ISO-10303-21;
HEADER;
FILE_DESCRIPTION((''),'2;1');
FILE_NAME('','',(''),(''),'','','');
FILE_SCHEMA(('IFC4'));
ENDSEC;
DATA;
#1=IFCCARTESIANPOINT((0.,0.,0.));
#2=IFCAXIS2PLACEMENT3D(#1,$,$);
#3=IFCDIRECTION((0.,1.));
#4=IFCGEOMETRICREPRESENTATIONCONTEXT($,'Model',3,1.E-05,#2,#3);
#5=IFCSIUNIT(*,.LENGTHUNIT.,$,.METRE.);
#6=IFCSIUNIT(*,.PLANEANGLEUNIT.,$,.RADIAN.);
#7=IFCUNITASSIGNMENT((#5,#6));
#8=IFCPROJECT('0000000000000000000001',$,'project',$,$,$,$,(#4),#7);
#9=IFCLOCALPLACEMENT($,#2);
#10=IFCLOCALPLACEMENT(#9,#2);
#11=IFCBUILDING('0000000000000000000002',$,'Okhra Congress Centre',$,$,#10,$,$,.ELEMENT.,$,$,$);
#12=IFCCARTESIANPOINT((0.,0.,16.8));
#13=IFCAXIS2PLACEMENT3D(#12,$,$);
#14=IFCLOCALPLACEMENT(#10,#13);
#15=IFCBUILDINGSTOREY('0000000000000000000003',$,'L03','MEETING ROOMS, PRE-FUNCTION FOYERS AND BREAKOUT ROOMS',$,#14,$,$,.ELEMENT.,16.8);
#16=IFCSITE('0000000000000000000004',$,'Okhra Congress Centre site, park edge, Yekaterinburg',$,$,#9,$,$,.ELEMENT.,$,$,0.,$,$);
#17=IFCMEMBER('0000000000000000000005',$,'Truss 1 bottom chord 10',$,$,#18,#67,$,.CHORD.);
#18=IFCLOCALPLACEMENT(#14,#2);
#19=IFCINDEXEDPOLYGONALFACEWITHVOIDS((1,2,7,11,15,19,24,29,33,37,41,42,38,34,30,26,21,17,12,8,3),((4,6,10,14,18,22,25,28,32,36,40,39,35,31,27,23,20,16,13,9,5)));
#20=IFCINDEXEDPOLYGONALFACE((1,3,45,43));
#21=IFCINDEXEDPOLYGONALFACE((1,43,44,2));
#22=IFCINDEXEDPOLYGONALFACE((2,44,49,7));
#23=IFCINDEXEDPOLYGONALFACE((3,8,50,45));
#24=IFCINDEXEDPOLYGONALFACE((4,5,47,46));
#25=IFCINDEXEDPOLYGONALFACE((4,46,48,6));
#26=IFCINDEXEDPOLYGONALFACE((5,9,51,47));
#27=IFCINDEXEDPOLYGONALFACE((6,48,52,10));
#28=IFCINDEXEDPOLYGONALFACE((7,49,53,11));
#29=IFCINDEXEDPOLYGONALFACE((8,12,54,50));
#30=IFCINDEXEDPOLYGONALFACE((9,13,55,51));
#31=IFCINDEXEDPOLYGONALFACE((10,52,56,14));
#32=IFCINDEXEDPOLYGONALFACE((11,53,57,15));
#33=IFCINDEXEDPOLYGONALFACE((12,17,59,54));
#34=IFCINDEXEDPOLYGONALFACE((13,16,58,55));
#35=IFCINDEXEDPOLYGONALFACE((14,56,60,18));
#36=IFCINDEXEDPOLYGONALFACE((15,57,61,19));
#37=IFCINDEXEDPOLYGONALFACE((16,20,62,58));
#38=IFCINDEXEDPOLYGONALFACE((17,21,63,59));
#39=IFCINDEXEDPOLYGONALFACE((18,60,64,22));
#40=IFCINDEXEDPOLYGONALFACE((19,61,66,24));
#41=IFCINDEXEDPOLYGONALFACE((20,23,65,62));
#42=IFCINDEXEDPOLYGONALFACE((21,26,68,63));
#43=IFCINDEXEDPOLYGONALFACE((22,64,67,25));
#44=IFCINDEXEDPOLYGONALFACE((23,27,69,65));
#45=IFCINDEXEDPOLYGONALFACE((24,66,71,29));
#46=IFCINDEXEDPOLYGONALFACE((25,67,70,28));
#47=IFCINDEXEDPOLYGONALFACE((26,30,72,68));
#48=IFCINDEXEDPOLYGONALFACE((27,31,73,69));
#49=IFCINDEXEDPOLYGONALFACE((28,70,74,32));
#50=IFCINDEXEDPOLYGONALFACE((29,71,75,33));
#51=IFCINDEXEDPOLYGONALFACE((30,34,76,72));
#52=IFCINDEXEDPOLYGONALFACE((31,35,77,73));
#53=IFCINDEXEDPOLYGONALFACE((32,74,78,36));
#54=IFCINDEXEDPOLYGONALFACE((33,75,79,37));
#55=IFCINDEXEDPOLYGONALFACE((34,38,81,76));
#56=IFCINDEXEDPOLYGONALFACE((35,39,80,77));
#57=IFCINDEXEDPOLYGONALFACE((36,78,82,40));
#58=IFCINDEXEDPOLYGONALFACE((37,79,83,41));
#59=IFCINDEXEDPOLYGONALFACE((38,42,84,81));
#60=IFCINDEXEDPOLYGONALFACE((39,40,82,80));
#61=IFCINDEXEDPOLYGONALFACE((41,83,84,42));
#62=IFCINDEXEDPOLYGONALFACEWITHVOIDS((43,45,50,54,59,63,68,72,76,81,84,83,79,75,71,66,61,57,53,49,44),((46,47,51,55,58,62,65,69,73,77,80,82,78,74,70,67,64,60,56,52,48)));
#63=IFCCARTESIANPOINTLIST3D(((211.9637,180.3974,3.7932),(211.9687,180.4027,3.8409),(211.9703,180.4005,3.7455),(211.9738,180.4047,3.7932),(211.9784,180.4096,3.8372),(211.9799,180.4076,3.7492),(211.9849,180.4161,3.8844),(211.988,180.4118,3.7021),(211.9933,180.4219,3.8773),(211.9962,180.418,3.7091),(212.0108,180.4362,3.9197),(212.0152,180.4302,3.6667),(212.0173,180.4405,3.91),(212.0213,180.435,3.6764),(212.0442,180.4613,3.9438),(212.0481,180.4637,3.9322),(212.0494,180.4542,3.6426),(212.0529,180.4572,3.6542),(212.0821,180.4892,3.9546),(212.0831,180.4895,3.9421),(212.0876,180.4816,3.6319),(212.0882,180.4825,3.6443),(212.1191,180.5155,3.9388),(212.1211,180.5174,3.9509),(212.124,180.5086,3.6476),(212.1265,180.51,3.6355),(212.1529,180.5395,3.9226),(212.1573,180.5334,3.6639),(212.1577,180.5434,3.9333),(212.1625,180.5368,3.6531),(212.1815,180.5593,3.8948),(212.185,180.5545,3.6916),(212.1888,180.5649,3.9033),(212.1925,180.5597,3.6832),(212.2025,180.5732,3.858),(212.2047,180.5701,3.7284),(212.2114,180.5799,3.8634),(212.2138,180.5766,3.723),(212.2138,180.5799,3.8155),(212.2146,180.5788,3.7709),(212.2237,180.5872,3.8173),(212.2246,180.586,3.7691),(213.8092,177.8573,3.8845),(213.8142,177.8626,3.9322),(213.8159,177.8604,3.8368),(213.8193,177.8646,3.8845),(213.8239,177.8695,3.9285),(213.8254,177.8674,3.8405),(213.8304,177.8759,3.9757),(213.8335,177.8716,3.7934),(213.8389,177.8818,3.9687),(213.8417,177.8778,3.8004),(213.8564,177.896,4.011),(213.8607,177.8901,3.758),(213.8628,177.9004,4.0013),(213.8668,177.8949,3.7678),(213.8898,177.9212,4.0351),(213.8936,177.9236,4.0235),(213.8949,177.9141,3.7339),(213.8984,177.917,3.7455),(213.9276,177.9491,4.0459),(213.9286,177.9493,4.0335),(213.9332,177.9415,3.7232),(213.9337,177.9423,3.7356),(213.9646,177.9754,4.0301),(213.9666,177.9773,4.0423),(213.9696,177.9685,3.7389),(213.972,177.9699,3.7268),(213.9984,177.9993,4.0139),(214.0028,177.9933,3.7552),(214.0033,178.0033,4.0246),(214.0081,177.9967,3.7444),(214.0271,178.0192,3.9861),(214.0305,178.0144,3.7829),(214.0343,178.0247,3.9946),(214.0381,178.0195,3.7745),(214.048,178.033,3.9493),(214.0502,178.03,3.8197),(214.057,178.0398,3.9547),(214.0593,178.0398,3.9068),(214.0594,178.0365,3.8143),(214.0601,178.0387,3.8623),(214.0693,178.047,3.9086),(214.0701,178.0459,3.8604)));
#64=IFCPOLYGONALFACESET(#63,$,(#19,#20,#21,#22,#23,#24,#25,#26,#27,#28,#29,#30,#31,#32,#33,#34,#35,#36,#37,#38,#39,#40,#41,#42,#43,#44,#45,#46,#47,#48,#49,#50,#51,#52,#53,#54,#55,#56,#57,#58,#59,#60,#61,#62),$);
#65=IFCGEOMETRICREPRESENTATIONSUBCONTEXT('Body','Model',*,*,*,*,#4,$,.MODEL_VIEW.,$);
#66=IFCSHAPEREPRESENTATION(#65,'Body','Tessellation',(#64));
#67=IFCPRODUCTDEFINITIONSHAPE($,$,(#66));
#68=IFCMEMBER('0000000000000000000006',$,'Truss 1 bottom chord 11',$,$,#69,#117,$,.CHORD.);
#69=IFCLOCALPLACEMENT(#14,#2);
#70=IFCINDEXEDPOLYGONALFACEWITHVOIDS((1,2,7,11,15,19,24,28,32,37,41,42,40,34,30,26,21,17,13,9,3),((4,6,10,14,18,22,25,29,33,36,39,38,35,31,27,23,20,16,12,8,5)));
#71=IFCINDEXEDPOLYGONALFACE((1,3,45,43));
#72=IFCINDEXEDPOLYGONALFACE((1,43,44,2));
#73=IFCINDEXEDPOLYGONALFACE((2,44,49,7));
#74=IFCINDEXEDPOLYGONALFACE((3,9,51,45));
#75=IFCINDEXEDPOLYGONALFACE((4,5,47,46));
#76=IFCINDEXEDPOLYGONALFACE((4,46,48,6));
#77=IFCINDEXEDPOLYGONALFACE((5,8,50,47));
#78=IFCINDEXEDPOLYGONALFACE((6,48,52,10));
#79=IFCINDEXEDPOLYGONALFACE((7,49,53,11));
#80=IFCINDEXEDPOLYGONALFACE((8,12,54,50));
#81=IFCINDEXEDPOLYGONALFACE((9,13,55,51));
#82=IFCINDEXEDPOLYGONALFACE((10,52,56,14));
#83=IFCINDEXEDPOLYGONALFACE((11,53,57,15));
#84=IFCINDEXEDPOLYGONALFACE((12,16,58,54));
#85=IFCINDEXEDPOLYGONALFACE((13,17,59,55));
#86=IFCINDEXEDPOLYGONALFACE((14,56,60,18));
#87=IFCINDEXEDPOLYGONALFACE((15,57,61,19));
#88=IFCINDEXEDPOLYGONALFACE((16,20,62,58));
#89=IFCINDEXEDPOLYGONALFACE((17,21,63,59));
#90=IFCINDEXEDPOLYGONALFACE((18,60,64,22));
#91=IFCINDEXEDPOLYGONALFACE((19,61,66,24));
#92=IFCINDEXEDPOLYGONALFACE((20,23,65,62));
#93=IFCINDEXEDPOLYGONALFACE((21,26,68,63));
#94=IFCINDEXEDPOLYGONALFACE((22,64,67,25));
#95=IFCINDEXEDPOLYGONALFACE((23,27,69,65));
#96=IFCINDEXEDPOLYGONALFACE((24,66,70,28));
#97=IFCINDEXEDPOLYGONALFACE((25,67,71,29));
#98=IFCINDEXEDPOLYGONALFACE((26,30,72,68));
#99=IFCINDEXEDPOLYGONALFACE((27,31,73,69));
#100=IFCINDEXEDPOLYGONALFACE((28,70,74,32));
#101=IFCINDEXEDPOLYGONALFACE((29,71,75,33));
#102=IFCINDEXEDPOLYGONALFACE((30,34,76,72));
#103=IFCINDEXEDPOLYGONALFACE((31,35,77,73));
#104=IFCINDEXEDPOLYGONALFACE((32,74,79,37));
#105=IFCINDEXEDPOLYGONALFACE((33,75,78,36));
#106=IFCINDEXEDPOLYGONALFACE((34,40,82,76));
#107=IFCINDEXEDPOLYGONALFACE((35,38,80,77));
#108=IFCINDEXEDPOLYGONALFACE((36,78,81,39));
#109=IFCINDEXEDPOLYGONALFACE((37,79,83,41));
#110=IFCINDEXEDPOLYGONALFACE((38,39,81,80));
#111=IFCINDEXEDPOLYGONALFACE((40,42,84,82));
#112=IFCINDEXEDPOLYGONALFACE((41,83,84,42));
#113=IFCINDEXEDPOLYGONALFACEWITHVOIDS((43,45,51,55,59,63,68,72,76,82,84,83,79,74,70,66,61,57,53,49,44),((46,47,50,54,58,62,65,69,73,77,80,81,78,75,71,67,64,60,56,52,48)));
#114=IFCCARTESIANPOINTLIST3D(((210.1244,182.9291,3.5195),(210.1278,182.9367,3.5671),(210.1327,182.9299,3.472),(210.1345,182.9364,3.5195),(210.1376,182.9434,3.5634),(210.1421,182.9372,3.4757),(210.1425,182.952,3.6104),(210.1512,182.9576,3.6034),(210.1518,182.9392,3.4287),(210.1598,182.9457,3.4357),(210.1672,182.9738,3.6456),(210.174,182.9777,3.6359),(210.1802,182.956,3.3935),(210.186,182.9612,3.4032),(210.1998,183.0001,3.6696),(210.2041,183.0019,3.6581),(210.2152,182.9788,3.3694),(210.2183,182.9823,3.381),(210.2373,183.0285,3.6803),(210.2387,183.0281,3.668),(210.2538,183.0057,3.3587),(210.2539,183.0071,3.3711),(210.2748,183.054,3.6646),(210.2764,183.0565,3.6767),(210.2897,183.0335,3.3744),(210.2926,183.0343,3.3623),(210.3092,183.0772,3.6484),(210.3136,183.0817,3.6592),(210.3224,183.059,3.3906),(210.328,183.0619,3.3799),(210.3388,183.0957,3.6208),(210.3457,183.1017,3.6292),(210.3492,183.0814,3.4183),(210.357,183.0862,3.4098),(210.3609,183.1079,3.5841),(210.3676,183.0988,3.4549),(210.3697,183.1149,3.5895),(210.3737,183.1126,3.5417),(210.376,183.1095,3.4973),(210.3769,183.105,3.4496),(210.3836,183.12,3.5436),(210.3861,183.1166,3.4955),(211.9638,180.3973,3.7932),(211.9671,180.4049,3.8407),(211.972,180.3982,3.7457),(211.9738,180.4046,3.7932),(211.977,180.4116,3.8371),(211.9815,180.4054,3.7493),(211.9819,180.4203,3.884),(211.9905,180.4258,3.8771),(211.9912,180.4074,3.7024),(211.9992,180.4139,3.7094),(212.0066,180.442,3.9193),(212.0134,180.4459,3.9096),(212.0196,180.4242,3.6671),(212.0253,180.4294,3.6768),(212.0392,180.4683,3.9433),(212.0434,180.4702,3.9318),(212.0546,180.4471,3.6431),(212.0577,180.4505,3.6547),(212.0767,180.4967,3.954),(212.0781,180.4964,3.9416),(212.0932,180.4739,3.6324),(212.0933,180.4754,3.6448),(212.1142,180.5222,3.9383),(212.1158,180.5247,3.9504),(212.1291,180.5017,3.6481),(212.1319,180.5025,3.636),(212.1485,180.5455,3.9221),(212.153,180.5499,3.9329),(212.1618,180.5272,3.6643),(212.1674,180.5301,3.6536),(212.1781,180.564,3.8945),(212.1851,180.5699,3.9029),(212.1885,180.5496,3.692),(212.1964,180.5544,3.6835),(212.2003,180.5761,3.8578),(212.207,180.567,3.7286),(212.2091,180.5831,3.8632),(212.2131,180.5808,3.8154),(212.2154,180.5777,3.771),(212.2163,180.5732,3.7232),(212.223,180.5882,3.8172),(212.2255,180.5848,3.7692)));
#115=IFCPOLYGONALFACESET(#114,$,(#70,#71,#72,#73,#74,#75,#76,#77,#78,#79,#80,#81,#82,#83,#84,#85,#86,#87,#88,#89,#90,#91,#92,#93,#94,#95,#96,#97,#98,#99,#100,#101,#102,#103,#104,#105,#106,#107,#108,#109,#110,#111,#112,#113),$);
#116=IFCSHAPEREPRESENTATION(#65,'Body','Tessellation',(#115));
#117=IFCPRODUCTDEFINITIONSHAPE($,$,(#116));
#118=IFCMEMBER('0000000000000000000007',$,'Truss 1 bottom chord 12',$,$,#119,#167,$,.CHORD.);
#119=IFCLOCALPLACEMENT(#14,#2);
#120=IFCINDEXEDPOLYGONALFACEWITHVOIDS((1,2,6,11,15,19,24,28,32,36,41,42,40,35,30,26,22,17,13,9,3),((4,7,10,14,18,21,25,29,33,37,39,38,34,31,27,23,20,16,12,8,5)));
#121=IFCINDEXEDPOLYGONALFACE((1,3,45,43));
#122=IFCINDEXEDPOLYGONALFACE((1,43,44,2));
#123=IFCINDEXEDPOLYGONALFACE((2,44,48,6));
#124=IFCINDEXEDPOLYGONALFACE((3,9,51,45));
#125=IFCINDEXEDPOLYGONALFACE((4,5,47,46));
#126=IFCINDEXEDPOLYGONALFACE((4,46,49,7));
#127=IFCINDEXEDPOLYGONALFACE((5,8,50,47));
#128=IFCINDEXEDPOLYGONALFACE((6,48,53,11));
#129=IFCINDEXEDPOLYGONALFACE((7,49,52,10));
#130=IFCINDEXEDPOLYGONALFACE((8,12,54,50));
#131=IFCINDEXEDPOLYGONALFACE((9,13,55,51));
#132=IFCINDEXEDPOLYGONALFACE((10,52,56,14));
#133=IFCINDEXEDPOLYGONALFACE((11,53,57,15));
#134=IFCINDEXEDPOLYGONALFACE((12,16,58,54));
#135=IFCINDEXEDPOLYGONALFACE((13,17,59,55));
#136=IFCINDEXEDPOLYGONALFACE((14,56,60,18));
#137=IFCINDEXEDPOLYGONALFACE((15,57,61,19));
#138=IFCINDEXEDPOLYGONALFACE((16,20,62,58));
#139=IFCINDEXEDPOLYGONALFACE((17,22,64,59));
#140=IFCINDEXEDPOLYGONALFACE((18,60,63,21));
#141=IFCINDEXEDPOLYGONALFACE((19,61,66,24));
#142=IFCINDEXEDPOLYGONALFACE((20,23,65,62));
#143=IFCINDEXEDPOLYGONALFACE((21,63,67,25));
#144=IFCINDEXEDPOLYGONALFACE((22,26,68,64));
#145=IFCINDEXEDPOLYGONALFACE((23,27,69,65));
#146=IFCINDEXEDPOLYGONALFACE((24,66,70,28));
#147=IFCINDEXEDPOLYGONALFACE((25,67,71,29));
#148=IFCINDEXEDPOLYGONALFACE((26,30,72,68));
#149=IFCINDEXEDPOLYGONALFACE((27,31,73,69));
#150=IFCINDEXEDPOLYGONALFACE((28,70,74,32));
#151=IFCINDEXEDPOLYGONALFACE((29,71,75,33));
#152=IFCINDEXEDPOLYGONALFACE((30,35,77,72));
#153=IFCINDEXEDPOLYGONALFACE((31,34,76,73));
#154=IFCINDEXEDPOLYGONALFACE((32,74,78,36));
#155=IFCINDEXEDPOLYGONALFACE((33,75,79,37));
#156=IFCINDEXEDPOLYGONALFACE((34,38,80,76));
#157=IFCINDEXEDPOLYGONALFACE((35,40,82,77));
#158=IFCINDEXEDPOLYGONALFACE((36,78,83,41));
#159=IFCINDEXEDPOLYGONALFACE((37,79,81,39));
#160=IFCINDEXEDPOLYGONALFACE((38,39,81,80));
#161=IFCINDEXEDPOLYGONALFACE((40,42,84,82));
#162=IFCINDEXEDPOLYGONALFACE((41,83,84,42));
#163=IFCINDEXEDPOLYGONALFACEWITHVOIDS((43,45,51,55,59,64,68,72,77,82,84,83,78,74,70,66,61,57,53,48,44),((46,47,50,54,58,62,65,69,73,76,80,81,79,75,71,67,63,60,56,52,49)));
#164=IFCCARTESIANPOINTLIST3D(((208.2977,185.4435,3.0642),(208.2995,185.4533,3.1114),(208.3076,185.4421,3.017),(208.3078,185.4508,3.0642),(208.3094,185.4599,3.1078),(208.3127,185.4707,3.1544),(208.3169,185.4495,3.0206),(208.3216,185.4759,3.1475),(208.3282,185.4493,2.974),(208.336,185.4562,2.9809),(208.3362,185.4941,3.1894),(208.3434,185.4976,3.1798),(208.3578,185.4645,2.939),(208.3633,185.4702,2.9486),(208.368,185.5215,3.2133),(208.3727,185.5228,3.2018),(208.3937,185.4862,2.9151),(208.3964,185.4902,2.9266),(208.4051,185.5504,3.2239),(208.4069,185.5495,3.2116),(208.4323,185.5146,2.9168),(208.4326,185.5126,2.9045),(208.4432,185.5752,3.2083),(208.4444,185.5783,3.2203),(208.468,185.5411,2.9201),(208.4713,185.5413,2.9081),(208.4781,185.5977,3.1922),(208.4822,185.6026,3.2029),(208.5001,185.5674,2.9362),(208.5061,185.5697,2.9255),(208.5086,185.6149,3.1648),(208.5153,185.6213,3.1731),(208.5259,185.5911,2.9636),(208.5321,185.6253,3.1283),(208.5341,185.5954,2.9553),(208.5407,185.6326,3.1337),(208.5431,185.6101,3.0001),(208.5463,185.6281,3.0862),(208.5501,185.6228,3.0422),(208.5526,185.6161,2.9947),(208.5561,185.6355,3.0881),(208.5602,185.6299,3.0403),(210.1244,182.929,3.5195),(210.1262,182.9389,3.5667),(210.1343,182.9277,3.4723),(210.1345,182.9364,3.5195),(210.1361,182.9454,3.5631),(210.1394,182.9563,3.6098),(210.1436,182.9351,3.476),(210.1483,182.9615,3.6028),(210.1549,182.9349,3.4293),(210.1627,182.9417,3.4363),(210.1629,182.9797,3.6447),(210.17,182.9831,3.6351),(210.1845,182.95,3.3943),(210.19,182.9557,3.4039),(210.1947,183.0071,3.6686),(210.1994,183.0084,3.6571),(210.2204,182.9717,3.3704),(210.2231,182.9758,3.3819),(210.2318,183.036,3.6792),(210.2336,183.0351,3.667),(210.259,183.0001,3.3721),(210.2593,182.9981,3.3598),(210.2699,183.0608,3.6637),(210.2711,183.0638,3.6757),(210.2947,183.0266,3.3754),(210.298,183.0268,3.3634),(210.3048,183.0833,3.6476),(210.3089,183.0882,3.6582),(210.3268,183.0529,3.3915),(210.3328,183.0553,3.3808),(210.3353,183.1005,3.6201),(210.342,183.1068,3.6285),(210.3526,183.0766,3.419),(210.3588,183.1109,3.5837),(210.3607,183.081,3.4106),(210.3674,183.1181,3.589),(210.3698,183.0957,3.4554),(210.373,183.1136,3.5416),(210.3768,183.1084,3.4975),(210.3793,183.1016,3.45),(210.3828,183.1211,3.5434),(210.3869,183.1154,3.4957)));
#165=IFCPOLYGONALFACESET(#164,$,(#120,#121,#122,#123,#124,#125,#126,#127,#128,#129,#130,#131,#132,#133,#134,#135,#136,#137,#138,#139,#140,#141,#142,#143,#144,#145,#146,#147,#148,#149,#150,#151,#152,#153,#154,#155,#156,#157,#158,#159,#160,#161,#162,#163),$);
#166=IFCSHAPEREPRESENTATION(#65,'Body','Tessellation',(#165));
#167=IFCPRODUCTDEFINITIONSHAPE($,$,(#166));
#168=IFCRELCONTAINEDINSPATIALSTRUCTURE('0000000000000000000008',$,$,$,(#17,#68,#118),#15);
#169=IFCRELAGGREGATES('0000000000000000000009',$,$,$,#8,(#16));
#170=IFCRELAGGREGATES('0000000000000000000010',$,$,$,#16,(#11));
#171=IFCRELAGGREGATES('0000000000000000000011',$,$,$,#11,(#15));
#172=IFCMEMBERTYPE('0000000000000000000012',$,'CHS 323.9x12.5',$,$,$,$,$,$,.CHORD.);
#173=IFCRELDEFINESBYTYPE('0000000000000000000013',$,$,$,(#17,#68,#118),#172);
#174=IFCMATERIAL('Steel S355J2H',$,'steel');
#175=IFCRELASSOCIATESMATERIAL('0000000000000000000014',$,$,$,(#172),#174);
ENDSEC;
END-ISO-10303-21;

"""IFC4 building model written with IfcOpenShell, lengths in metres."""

from ifc_helpers import new_model, si_unit, direction, frame, origin, origin_2d, place, context, subcontext, project, spatial, hollow_circle, extrude, material, material_profile, profile_set, type_object, element, save


model = new_model("IFC4")

# Units and contexts
model_context = context("Model", 3, precision=1e-05, world=origin(), true_north=direction((0.0, 1.0)))
body_context = subcontext(model_context, "Body", "Model", "MODEL_VIEW")
ifc_project = project(units=[si_unit("LENGTHUNIT", "METRE"), si_unit("PLANEANGLEUNIT", "RADIAN")], contexts=[model_context])

# Site, building, storey
site_placement = place(None, origin())
site = spatial("IfcSite", under=ifc_project, at=site_placement, Name="Okhra Congress Centre site, park edge, Yekaterinburg", CompositionType="ELEMENT", RefElevation=0.0)
building_placement = place(site_placement, origin())
building = spatial("IfcBuilding", under=site, at=building_placement, Name="Okhra Congress Centre", CompositionType="ELEMENT")
storey_placement = place(building_placement, frame((0.0, 0.0, 16.8)))
storey = spatial("IfcBuildingStorey", under=building, at=storey_placement, Name="L03", Description="MEETING ROOMS, PRE-FUNCTION FOYERS AND BREAKOUT ROOMS", CompositionType="ELEMENT", Elevation=16.8)

# Members
ifc_material_1 = material(Name="Steel S355J2H", Category="steel")
ifc_material_profile_1 = material_profile(ifc_material_1, hollow_circle(Radius=0.1619, WallThickness=0.0125, at=origin_2d()), Name="CHS 323.9x12.5")
ifc_profile_set_1 = profile_set([ifc_material_profile_1], Name="Steel S355J2H")
member_type_1 = type_object("IfcMemberType", Name="CHS 323.9x12.5", PredefinedType="CHORD", material=ifc_profile_set_1)
member_1_placement = place(storey_placement, frame((213.9402, 177.9524, 3.8845), z_axis=(-0.587539, 0.808673, -0.02907), x_axis=(-0.809015, -0.587788, 0.0)))
element("IfcMember", 1, at=member_1_placement, inside=storey, type_object=member_type_1, Name="Truss 1 bottom chord 10", PredefinedType="CHORD", context=body_context, shape_type="SweptSolid", body=[
    extrude(hollow_circle(Radius=0.1619, WallThickness=0.0125, at=origin_2d()), origin(), (0.0, 0.0, 1.0), 3.1411),
])
member_2_placement = place(storey_placement, frame((212.0947, 180.4924, 3.7932), z_axis=(-0.585538, 0.80595, -0.087123), x_axis=(-0.809026, -0.587773, 0.0)))
element("IfcMember", 2, at=member_2_placement, inside=storey, type_object=member_type_1, Name="Truss 1 bottom chord 11", PredefinedType="CHORD", context=body_context, shape_type="SweptSolid", body=[
    extrude(hollow_circle(Radius=0.1619, WallThickness=0.0125, at=origin_2d()), origin(), (0.0, 0.0, 1.0), 3.1414),
])
member_3_placement = place(storey_placement, frame((210.2554, 183.0242, 3.5195), z_axis=(-0.581543, 0.800496, -0.144958), x_axis=(-0.809042, -0.587751, 0.0)))
element("IfcMember", 3, at=member_3_placement, inside=storey, type_object=member_type_1, Name="Truss 1 bottom chord 12", PredefinedType="CHORD", context=body_context, shape_type="SweptSolid", body=[
    extrude(hollow_circle(Radius=0.1619, WallThickness=0.0125, at=origin_2d()), origin(), (0.0, 0.0, 1.0), 3.1411),
])

save(model, "model.ifc")
